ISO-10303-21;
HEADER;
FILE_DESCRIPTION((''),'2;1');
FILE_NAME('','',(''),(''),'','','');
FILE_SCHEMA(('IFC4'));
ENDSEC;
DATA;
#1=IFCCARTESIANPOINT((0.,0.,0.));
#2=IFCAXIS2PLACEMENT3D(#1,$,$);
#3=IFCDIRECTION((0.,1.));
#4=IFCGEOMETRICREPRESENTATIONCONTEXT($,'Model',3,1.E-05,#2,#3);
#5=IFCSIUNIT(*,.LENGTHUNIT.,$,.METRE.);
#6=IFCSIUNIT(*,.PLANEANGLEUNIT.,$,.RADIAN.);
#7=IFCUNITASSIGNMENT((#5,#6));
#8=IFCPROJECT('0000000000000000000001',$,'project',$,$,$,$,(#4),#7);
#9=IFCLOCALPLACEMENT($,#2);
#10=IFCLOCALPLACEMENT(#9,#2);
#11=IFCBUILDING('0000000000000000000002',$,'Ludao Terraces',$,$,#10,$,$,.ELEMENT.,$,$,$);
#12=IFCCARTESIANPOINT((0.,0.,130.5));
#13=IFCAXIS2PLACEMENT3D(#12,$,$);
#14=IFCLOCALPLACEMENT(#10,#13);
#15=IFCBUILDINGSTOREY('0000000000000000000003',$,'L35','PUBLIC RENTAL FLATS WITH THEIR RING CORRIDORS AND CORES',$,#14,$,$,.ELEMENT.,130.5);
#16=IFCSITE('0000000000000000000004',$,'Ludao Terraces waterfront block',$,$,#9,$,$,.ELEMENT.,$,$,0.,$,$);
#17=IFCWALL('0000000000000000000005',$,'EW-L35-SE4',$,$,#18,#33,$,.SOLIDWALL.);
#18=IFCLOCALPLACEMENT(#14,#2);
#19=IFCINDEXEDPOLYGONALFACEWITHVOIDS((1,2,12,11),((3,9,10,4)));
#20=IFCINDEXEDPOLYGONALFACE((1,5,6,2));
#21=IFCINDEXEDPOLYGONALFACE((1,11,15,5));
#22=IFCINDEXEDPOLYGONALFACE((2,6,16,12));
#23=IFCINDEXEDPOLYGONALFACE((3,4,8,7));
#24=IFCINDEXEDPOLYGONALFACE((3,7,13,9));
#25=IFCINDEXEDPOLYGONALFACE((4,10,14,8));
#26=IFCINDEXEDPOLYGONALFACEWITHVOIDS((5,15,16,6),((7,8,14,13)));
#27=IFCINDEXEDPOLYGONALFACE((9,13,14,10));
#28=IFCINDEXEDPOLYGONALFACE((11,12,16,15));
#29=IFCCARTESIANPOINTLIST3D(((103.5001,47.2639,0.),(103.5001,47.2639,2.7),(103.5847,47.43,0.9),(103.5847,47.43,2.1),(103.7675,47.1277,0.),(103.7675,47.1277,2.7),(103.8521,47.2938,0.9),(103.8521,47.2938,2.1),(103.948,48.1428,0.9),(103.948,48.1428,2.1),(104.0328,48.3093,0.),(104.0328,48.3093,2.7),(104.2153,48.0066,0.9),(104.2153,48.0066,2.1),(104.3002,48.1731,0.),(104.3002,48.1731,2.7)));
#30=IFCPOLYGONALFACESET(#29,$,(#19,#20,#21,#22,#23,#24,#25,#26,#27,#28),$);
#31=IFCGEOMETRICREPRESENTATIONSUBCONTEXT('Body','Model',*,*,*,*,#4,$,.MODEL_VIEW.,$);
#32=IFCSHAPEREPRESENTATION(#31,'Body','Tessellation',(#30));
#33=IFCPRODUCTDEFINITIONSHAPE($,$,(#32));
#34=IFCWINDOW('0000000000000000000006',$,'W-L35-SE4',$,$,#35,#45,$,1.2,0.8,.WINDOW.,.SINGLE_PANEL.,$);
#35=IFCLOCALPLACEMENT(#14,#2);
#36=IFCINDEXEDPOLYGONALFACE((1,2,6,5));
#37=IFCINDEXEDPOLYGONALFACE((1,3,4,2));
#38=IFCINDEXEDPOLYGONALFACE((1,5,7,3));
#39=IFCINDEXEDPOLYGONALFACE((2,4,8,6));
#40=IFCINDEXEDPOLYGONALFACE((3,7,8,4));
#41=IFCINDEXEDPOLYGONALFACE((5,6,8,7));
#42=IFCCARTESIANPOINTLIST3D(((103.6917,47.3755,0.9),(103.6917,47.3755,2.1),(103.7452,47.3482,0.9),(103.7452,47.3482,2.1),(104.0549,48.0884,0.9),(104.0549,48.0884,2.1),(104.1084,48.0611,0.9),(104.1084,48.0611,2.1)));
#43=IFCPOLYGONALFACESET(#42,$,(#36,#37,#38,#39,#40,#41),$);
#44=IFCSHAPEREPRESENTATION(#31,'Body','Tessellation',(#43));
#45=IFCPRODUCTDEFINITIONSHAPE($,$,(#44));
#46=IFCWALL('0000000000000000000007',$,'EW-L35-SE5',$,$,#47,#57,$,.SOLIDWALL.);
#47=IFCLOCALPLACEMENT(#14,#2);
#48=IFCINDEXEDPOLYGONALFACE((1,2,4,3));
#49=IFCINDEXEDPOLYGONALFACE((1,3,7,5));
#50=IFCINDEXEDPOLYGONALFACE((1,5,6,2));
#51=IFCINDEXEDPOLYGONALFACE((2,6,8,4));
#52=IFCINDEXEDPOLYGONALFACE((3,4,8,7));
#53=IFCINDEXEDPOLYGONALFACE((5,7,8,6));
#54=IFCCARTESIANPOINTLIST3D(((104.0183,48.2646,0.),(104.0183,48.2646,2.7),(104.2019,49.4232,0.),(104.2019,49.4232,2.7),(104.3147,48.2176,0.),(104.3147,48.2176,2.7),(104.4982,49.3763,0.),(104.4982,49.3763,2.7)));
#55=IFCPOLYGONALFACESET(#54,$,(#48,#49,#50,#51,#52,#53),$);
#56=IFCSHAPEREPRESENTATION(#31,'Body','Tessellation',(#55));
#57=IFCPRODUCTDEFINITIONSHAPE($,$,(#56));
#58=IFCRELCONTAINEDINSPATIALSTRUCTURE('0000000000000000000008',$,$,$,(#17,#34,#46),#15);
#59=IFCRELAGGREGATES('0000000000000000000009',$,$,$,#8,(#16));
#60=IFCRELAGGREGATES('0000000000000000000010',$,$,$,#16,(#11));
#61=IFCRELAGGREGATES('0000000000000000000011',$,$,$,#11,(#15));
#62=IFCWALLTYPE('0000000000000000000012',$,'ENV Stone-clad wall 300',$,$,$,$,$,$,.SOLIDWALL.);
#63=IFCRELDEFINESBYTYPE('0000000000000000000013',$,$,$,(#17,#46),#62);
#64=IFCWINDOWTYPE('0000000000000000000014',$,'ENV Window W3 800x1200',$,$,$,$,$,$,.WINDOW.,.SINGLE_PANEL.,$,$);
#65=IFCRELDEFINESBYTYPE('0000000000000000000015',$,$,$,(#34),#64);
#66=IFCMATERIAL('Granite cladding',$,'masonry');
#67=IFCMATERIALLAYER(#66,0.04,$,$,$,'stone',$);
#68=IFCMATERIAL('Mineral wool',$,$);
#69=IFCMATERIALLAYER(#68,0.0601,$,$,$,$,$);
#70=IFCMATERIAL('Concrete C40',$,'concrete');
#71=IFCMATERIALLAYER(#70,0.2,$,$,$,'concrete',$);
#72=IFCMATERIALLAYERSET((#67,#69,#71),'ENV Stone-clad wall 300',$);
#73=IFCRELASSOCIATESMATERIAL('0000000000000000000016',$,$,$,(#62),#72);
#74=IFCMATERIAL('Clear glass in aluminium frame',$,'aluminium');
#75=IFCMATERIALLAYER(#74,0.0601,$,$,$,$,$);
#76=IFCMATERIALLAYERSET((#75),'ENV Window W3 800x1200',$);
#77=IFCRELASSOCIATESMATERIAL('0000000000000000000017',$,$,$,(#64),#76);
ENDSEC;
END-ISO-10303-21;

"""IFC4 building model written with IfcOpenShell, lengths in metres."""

from ifc_helpers import new_model, si_unit, direction, frame, frame_2d, origin, place, context, subcontext, project, spatial, rectangle, extrude, material, layer, layer_set, type_object, element, fill, save


model = new_model("IFC4")

# Units and contexts
model_context = context("Model", 3, precision=1e-05, world=origin(), true_north=direction((0.0, 1.0)))
body_context = subcontext(model_context, "Body", "Model", "MODEL_VIEW")
ifc_project = project(units=[si_unit("LENGTHUNIT", "METRE"), si_unit("PLANEANGLEUNIT", "RADIAN")], contexts=[model_context])

# Site, building, storey
site_placement = place(None, origin())
site = spatial("IfcSite", under=ifc_project, at=site_placement, Name="Ludao Terraces waterfront block", CompositionType="ELEMENT", RefElevation=0.0)
building_placement = place(site_placement, origin())
building = spatial("IfcBuilding", under=site, at=building_placement, Name="Ludao Terraces", CompositionType="ELEMENT")
storey_placement = place(building_placement, frame((0.0, 0.0, 130.5)))
storey = spatial("IfcBuildingStorey", under=building, at=storey_placement, Name="L35", Description="PUBLIC RENTAL FLATS WITH THEIR RING CORRIDORS AND CORES", CompositionType="ELEMENT", Elevation=130.5)

# Shared definitions
ifc_material_1 = material(Name="Concrete C40", Category="concrete")

# Wall, opening, window
ifc_material_2 = material(Name="Granite cladding", Category="masonry")
ifc_layer_1 = layer(ifc_material_2, 0.04, Category="stone")
ifc_material_3 = material(Name="Mineral wool")
ifc_layer_2 = layer(ifc_material_3, 0.0601)
ifc_layer_3 = layer(ifc_material_1, 0.2, Category="concrete")
ifc_layer_set_1 = layer_set([ifc_layer_1, ifc_layer_2, ifc_layer_3], Name="ENV Stone-clad wall 300")
wall_type_1 = type_object("IfcWallType", Name="ENV Stone-clad wall 300", PredefinedType="SOLIDWALL", material=ifc_layer_set_1)
ifc_material_4 = material(Name="Clear glass in aluminium frame", Category="aluminium")
ifc_layer_4 = layer(ifc_material_4, 0.0601)
ifc_layer_set_2 = layer_set([ifc_layer_4], Name="ENV Window W3 800x1200")
window_type_1 = type_object("IfcWindowType", Name="ENV Window W3 800x1200", PartitioningType="SINGLE_PANEL", PredefinedType="WINDOW", material=ifc_layer_set_2)
wall_1_placement = place(storey_placement, frame((103.6338, 47.1958, 0.0), z_axis=(0.0, 0.0, 1.0), x_axis=(0.454026, 0.890989, 0.0)))
wall_1 = element("IfcWall", 1, at=wall_1_placement, inside=storey, type_object=wall_type_1, Name="EW-L35-SE4", PredefinedType="SOLIDWALL", context=body_context, shape_type="SweptSolid", body=[
    extrude(rectangle(XDim=1.1733, YDim=0.3, at=frame_2d((0.5867, 0.0))), origin(), (0.0, 0.0, 1.0), 2.7),
])
opening_1_placement = place(wall_1_placement, frame((0.1865, 0.0, 0.8999)))
opening_1 = element("IfcOpeningElement", 2, at=opening_1_placement, cuts=wall_1, PredefinedType="OPENING", context=body_context, shape_type="SweptSolid", body=[
    extrude(rectangle(XDim=0.8, YDim=1.2, at=frame_2d((0.3999, 0.6001))), frame((0.0, 0.1602, 0.0), z_axis=(0.0, -1.0, 0.0), x_axis=(1.0, 0.0, 0.0)), (0.0, 0.0, 1.0), 0.3201),
])
window_1_placement = place(opening_1_placement, origin())
window_1 = element("IfcWindow", 3, at=window_1_placement, inside=storey, type_object=window_type_1, Name="W-L35-SE4", OverallHeight=1.2, OverallWidth=0.8, PartitioningType="SINGLE_PANEL", PredefinedType="WINDOW", context=body_context, shape_type="SweptSolid", body=[
    extrude(rectangle(XDim=0.8, YDim=1.2, at=frame_2d((0.3999, 0.6001))), frame((0.0, 0.03, 0.0), z_axis=(0.0, -1.0, 0.0), x_axis=(1.0, 0.0, 0.0)), (0.0, 0.0, 1.0), 0.0601),
])
fill(opening_1, window_1)

# Wall
wall_2_placement = place(storey_placement, frame((104.1665, 48.2412, 0.0), z_axis=(0.0, 0.0, 1.0), x_axis=(0.156497, 0.987678, 0.0)))
element("IfcWall", 4, at=wall_2_placement, inside=storey, type_object=wall_type_1, Name="EW-L35-SE5", PredefinedType="SOLIDWALL", context=body_context, shape_type="SweptSolid", body=[
    extrude(rectangle(XDim=1.1731, YDim=0.3, at=frame_2d((0.5864, 0.0))), origin(), (0.0, 0.0, 1.0), 2.7),
])

save(model, "model.ifc")
